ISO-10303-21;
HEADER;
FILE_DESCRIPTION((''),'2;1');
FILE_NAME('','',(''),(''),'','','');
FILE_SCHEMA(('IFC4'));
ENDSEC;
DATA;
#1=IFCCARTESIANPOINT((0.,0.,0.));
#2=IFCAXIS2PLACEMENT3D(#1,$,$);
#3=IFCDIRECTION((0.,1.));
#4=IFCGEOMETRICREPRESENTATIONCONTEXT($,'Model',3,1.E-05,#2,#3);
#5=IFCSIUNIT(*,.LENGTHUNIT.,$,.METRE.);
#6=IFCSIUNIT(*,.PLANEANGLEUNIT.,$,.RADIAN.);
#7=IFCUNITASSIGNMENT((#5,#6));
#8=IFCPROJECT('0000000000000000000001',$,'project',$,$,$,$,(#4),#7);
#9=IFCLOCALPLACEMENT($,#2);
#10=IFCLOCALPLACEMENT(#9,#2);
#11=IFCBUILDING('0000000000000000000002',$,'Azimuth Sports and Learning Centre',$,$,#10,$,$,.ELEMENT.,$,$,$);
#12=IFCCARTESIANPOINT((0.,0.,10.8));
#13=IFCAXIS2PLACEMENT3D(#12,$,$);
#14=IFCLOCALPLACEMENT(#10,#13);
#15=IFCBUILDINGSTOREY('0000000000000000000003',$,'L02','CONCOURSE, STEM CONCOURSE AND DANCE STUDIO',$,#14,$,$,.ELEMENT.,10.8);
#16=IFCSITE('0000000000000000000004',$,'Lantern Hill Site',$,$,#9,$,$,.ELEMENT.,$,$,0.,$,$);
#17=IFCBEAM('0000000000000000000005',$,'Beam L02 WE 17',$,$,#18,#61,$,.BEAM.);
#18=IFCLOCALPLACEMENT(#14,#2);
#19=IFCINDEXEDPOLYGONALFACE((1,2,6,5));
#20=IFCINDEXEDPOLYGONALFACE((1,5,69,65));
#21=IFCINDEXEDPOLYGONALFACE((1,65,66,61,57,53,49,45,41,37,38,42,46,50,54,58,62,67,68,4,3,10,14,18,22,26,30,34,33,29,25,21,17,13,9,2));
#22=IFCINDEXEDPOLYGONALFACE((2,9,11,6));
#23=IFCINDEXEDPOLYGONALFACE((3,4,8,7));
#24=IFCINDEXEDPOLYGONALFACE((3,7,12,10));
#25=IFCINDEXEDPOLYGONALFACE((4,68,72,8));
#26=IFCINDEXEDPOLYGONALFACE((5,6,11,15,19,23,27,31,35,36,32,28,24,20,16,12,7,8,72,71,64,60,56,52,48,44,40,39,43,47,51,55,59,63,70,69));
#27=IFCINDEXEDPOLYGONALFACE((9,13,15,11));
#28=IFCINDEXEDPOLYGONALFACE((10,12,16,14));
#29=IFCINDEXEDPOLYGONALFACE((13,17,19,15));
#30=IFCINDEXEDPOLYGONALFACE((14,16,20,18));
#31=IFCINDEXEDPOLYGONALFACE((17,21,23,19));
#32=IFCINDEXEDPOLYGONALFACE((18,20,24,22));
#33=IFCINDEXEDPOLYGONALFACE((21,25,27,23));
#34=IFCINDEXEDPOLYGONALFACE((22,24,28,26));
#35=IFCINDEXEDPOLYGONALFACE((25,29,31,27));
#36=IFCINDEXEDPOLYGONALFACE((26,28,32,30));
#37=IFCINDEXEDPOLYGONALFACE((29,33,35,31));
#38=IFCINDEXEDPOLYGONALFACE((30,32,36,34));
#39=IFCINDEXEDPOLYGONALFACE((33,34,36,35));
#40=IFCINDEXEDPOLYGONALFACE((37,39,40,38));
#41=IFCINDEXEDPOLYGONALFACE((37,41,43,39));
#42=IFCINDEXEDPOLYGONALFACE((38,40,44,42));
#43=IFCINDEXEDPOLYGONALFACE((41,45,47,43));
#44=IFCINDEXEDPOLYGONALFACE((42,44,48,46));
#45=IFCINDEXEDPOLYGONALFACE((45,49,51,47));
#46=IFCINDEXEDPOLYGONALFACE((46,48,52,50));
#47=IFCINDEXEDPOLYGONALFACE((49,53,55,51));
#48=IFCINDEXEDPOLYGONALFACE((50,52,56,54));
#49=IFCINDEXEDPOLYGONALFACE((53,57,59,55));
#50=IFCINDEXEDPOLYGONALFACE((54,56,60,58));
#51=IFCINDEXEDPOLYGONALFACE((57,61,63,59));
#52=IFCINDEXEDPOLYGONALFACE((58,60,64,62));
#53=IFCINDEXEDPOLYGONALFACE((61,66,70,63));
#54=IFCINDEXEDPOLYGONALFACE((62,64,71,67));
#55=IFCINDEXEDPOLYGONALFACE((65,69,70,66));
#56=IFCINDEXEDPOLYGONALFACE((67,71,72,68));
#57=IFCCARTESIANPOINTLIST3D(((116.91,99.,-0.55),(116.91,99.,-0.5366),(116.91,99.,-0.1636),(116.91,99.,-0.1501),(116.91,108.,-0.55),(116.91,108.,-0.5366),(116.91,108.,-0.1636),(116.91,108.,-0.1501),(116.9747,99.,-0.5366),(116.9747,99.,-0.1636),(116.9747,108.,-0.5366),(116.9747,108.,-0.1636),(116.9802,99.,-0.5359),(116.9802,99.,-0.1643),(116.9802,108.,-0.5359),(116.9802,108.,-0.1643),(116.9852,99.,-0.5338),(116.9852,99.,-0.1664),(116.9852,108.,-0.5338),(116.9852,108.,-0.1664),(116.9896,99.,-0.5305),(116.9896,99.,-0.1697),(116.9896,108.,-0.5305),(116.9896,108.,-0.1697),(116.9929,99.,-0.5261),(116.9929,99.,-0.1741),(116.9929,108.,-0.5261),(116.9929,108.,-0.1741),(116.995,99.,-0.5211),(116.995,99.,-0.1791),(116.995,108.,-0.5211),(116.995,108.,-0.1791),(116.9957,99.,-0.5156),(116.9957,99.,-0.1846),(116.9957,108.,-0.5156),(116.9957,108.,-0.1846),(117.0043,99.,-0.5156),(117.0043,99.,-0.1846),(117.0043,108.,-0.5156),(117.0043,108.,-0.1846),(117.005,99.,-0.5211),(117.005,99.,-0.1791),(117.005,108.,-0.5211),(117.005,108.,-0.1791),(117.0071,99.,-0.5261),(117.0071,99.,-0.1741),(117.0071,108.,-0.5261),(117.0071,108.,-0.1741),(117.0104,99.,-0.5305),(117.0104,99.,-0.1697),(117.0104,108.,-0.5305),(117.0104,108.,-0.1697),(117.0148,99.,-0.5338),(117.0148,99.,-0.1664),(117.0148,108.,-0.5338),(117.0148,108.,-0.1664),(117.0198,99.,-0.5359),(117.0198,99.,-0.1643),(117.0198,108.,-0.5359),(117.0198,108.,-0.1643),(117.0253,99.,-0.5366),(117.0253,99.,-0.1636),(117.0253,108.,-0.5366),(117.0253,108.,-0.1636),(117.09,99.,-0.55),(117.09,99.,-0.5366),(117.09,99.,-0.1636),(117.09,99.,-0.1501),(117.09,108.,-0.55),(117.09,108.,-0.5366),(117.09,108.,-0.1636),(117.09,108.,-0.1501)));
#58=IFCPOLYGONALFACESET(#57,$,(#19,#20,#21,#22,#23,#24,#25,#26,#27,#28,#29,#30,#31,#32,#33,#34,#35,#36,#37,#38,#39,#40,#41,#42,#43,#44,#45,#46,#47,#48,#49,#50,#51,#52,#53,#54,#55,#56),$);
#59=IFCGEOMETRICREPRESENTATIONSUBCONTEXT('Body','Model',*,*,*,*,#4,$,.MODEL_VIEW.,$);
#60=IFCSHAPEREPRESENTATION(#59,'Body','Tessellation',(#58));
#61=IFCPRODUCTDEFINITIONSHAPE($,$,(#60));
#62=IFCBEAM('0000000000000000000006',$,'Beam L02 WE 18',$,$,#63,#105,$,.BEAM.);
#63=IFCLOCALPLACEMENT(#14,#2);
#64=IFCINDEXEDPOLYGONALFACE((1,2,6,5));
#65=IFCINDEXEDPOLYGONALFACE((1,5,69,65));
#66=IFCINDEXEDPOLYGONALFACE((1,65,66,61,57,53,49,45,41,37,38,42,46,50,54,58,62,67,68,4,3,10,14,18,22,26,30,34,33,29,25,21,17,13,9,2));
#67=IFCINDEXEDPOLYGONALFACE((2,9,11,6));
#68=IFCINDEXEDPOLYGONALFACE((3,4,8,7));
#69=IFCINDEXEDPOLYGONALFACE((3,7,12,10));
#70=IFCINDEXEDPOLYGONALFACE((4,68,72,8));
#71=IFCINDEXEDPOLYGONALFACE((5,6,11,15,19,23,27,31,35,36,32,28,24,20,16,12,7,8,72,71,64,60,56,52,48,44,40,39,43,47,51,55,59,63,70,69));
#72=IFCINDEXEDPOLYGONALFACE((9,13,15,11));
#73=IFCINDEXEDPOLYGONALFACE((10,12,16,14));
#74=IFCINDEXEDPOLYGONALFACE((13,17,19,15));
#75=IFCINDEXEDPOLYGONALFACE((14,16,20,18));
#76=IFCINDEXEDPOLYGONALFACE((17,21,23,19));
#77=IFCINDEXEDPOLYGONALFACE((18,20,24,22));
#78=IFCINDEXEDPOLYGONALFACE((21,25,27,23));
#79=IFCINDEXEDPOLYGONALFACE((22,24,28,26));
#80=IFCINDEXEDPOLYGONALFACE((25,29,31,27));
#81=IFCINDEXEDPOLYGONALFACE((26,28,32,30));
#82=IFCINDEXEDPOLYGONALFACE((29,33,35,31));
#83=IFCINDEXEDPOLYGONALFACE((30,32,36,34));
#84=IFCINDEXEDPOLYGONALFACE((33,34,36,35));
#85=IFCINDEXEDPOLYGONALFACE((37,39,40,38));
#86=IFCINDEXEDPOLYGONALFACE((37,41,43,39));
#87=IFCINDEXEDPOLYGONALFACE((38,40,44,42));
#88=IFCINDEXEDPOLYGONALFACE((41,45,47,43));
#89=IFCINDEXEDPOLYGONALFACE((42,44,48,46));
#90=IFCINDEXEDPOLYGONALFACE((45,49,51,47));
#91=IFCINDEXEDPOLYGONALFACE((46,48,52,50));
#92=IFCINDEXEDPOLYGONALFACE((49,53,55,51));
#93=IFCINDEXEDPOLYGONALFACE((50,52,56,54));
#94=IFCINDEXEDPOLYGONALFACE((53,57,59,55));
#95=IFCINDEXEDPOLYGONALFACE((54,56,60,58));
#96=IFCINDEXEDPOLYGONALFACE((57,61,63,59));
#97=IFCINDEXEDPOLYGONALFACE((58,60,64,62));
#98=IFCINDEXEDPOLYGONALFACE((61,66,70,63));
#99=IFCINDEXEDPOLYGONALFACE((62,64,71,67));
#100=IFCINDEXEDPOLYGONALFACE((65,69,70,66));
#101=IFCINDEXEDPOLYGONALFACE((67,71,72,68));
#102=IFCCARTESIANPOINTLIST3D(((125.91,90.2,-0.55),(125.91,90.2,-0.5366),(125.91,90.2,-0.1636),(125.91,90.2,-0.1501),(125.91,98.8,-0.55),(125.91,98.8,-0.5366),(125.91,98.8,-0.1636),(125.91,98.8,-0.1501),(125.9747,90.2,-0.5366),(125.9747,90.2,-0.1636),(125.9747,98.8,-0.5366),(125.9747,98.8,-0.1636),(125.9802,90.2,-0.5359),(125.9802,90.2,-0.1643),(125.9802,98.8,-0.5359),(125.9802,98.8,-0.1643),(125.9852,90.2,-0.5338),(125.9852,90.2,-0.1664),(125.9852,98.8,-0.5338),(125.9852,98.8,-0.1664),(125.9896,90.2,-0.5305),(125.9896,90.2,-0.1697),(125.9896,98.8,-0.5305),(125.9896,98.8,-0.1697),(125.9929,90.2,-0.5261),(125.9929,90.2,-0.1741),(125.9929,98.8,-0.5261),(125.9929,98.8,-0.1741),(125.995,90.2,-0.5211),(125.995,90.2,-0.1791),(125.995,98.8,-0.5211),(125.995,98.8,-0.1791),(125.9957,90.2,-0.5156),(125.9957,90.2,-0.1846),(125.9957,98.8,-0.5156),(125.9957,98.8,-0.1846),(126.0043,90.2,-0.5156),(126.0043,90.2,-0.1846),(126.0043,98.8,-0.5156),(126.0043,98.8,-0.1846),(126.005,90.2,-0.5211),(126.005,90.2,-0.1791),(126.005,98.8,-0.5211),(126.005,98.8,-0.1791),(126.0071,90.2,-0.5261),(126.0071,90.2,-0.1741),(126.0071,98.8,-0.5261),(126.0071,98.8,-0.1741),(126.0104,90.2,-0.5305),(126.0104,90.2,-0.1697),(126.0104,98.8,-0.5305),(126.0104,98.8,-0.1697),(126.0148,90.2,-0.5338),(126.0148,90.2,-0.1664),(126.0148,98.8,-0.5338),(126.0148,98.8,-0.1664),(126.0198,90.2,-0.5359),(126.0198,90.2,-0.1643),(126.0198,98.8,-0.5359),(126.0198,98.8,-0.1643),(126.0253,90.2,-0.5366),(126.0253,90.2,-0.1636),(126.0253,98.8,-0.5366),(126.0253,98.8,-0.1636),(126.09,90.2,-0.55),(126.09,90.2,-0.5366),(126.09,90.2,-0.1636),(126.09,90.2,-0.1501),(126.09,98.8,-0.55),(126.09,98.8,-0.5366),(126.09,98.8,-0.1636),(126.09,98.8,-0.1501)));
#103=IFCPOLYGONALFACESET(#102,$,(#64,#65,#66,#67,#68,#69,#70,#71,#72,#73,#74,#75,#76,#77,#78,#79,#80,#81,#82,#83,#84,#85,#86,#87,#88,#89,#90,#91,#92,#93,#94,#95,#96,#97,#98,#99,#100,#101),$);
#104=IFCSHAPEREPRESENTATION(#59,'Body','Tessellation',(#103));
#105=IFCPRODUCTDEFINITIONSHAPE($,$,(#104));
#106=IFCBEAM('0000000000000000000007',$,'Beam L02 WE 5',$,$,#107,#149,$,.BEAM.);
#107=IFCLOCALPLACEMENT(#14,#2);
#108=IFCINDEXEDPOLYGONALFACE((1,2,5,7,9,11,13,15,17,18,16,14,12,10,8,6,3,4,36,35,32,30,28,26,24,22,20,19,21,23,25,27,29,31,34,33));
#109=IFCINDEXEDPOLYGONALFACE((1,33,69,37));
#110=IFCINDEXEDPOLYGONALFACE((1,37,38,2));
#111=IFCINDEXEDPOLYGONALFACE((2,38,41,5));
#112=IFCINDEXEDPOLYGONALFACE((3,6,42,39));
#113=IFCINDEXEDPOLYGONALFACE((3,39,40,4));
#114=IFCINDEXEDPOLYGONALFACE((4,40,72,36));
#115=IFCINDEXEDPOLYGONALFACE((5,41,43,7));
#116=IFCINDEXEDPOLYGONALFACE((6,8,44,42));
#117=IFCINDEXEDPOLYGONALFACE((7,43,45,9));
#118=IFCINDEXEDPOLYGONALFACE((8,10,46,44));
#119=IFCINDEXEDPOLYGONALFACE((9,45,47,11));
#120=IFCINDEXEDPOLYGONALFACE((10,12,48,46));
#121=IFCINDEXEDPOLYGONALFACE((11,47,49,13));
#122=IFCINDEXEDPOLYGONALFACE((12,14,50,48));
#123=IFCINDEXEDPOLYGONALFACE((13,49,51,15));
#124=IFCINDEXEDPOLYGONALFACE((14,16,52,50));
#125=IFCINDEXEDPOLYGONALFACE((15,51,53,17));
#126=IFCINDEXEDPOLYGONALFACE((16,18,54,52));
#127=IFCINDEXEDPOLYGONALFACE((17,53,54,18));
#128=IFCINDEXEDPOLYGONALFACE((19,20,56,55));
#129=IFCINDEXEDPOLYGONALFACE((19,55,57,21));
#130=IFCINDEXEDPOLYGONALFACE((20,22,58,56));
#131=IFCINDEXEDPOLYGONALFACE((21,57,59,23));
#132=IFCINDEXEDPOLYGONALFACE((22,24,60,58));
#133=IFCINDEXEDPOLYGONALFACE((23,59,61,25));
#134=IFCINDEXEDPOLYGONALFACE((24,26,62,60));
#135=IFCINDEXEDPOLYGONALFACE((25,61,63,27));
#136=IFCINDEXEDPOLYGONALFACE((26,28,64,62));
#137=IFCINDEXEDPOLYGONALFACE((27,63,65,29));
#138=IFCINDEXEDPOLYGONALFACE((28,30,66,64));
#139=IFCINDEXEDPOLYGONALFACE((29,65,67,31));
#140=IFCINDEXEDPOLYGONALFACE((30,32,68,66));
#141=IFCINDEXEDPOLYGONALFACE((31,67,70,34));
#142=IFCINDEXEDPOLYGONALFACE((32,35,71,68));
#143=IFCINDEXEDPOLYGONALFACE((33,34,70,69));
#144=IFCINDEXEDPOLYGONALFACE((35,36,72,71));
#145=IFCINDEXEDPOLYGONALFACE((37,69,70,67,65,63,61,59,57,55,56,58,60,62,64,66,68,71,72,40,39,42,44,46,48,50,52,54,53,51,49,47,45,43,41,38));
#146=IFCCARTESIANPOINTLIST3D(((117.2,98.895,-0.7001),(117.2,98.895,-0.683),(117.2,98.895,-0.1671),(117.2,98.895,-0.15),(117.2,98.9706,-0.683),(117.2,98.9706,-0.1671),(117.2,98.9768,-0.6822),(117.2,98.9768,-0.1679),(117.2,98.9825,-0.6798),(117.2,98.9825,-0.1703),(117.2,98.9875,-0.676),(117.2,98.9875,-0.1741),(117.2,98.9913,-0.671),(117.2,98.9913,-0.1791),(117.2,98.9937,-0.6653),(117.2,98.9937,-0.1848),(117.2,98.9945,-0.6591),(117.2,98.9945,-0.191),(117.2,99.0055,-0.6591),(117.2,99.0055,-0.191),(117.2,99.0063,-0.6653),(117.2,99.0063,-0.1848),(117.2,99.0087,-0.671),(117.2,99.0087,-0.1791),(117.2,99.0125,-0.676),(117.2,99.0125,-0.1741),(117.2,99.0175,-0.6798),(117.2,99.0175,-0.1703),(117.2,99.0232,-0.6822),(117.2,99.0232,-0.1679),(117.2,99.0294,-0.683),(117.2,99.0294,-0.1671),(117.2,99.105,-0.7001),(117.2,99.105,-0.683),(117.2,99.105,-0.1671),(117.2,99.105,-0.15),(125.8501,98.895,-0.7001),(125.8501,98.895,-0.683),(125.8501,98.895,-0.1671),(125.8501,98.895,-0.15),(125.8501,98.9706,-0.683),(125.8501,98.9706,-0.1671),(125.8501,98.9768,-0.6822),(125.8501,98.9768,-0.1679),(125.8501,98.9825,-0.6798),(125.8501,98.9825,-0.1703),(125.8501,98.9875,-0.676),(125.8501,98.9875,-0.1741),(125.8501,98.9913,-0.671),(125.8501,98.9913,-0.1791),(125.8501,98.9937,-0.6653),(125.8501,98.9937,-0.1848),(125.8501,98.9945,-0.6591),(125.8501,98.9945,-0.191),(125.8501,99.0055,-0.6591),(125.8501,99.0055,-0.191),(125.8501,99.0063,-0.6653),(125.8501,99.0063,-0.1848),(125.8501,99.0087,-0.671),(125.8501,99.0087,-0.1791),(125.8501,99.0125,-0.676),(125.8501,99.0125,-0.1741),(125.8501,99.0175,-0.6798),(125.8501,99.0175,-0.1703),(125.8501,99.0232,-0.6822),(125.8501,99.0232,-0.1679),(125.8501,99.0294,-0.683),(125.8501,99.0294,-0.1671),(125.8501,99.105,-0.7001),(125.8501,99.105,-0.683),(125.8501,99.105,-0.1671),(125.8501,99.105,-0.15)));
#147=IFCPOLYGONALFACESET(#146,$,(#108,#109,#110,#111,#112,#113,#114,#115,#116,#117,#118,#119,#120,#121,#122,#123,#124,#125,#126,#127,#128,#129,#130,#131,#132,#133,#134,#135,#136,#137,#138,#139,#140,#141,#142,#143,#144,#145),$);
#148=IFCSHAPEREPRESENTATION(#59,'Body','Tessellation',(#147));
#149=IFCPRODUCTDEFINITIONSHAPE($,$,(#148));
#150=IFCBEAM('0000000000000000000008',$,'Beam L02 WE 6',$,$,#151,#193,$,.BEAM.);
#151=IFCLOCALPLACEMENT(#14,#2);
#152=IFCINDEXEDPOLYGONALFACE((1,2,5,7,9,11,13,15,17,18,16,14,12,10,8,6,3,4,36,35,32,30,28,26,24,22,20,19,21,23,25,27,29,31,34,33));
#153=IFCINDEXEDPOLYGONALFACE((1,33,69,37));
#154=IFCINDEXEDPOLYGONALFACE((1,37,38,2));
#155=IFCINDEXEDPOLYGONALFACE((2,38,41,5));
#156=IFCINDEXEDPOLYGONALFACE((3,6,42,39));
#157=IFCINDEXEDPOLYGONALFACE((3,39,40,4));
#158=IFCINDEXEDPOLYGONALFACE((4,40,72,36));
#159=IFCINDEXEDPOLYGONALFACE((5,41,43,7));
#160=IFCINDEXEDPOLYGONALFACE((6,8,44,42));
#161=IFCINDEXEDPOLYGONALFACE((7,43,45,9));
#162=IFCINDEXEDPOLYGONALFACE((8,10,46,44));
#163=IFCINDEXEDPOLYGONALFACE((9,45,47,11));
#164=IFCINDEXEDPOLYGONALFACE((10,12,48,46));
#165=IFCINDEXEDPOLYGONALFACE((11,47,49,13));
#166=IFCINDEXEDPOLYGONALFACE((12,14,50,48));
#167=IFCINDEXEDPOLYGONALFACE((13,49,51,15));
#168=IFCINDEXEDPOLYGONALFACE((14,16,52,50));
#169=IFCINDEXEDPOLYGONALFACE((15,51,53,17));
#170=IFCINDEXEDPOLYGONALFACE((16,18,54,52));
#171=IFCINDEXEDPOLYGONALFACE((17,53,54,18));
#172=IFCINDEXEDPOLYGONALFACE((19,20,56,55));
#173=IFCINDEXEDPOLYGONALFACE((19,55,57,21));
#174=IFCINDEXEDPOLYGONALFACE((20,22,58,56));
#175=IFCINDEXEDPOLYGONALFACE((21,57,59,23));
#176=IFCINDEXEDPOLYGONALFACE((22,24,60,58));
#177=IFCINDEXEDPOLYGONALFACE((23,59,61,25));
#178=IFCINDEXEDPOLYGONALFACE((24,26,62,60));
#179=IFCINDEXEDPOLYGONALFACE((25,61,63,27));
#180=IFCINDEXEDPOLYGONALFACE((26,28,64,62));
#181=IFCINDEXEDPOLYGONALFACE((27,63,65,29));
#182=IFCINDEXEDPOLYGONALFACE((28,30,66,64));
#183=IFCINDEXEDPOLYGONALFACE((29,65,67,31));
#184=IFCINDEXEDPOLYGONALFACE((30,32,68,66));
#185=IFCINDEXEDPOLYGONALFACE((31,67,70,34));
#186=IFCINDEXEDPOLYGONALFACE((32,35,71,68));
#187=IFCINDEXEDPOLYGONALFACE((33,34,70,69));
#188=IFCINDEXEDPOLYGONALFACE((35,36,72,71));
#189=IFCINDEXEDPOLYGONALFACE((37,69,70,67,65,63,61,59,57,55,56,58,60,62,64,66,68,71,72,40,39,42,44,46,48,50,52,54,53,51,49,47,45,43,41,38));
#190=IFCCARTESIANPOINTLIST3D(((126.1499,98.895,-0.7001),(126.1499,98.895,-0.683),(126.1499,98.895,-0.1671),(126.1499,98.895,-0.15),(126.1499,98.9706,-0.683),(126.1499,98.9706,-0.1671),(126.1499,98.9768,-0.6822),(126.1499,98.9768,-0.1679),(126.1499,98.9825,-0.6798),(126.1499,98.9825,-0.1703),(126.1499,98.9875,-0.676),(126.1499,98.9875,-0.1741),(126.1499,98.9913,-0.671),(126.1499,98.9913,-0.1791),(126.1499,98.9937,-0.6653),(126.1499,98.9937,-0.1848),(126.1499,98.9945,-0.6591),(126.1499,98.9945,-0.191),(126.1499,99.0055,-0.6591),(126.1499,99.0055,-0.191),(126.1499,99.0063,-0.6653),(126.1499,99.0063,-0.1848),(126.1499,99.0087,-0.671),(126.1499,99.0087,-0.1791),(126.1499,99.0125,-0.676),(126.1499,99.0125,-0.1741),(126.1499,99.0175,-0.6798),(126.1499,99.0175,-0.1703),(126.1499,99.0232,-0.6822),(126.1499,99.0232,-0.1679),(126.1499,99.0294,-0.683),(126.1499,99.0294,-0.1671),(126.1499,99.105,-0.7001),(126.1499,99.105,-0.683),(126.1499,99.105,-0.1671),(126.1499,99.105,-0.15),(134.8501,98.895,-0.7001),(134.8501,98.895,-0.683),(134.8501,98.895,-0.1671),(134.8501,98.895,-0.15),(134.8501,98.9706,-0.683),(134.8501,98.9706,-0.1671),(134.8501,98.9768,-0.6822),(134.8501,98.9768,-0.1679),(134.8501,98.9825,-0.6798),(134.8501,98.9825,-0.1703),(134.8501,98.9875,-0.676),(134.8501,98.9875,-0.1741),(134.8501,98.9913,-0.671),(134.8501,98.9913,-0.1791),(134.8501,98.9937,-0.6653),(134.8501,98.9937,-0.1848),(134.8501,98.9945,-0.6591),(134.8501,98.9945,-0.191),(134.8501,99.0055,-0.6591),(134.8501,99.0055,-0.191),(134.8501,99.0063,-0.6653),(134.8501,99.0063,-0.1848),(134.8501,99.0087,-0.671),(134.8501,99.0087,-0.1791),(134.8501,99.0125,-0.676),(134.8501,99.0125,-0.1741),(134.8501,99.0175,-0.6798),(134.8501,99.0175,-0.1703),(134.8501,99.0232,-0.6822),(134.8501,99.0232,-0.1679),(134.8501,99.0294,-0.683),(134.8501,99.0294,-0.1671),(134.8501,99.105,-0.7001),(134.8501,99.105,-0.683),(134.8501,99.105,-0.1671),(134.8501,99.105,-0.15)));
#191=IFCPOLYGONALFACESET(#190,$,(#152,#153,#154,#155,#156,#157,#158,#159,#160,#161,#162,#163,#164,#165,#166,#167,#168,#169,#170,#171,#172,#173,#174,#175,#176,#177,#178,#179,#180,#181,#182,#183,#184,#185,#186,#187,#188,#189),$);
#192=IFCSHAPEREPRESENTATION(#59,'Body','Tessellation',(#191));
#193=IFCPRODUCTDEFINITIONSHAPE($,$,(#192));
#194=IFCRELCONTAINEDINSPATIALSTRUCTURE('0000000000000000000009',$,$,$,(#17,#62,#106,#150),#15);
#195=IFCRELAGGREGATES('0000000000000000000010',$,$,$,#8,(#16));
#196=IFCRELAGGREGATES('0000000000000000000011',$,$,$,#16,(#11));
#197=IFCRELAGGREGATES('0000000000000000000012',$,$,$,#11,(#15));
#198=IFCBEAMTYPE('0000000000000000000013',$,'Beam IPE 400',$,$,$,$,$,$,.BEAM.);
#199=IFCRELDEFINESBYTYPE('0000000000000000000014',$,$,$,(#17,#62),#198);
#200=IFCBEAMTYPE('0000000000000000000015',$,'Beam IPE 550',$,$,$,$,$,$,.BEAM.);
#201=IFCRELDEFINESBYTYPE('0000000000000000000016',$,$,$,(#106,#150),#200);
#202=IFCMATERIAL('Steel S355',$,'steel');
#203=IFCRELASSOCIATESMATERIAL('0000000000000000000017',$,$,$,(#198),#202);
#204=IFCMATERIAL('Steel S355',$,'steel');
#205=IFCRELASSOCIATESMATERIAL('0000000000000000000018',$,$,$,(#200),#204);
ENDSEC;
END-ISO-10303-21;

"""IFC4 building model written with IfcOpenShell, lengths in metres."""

from ifc_helpers import new_model, si_unit, direction, frame, origin, origin_2d, place, context, subcontext, project, spatial, i_section, extrude, material, material_profile, profile_set, type_object, element, save


model = new_model("IFC4")

# Units and contexts
model_context = context("Model", 3, precision=1e-05, world=origin(), true_north=direction((0.0, 1.0)))
body_context = subcontext(model_context, "Body", "Model", "MODEL_VIEW")
ifc_project = project(units=[si_unit("LENGTHUNIT", "METRE"), si_unit("PLANEANGLEUNIT", "RADIAN")], contexts=[model_context])

# Site, building, storey
site_placement = place(None, origin())
site = spatial("IfcSite", under=ifc_project, at=site_placement, Name="Lantern Hill Site", CompositionType="ELEMENT", RefElevation=0.0)
building_placement = place(site_placement, origin())
building = spatial("IfcBuilding", under=site, at=building_placement, Name="Azimuth Sports and Learning Centre", CompositionType="ELEMENT")
storey_placement = place(building_placement, frame((0.0, 0.0, 10.8)))
storey = spatial("IfcBuildingStorey", under=building, at=storey_placement, Name="L02", Description="CONCOURSE, STEM CONCOURSE AND DANCE STUDIO", CompositionType="ELEMENT", Elevation=10.8)

# Beams
ifc_material_1 = material(Name="Steel S355", Category="steel")
ifc_material_profile_1 = material_profile(ifc_material_1, i_section(OverallWidth=0.1799, OverallDepth=0.3999, WebThickness=0.0085, FlangeThickness=0.0134, FilletRadius=0.021, at=origin_2d()), Name="IPE 400")
ifc_profile_set_1 = profile_set([ifc_material_profile_1], Name="Steel S355")
beam_type_1 = type_object("IfcBeamType", Name="Beam IPE 400", PredefinedType="BEAM", material=ifc_profile_set_1)
beam_1_placement = place(storey_placement, frame((117.0, 99.0, -0.3501), z_axis=(0.0, 1.0, 0.0), x_axis=(-1.0, 0.0, 0.0)))
element("IfcBeam", 1, at=beam_1_placement, inside=storey, type_object=beam_type_1, Name="Beam L02 WE 17", PredefinedType="BEAM", context=body_context, shape_type="SweptSolid", body=[
    extrude(i_section(OverallWidth=0.1799, OverallDepth=0.3999, WebThickness=0.0085, FlangeThickness=0.0134, FilletRadius=0.021, at=origin_2d()), origin(), (0.0, 0.0, 1.0), 9.0),
])
beam_2_placement = place(storey_placement, frame((126.0, 90.2, -0.3501), z_axis=(0.0, 1.0, 0.0), x_axis=(-1.0, 0.0, 0.0)))
element("IfcBeam", 2, at=beam_2_placement, inside=storey, type_object=beam_type_1, Name="Beam L02 WE 18", PredefinedType="BEAM", context=body_context, shape_type="SweptSolid", body=[
    extrude(i_section(OverallWidth=0.1799, OverallDepth=0.3999, WebThickness=0.0085, FlangeThickness=0.0134, FilletRadius=0.021, at=origin_2d()), origin(), (0.0, 0.0, 1.0), 8.6001),
])
ifc_material_2 = material(Name="Steel S355", Category="steel")
ifc_material_profile_2 = material_profile(ifc_material_2, i_section(OverallWidth=0.21, OverallDepth=0.55, WebThickness=0.011, FlangeThickness=0.0171, FilletRadius=0.0239, at=origin_2d()), Name="IPE 550")
ifc_profile_set_2 = profile_set([ifc_material_profile_2], Name="Steel S355")
beam_type_2 = type_object("IfcBeamType", Name="Beam IPE 550", PredefinedType="BEAM", material=ifc_profile_set_2)
beam_3_placement = place(storey_placement, frame((117.2, 99.0, -0.425), z_axis=(1.0, 0.0, 0.0), x_axis=(0.0, 1.0, 0.0)))
element("IfcBeam", 3, at=beam_3_placement, inside=storey, type_object=beam_type_2, Name="Beam L02 WE 5", PredefinedType="BEAM", context=body_context, shape_type="SweptSolid", body=[
    extrude(i_section(OverallWidth=0.21, OverallDepth=0.55, WebThickness=0.011, FlangeThickness=0.0171, FilletRadius=0.0239, at=origin_2d()), origin(), (0.0, 0.0, 1.0), 8.6501),
])
beam_4_placement = place(storey_placement, frame((126.1499, 99.0, -0.425), z_axis=(1.0, 0.0, 0.0), x_axis=(0.0, 1.0, 0.0)))
element("IfcBeam", 4, at=beam_4_placement, inside=storey, type_object=beam_type_2, Name="Beam L02 WE 6", PredefinedType="BEAM", context=body_context, shape_type="SweptSolid", body=[
    extrude(i_section(OverallWidth=0.21, OverallDepth=0.55, WebThickness=0.011, FlangeThickness=0.0171, FilletRadius=0.0239, at=origin_2d()), origin(), (0.0, 0.0, 1.0), 8.7002),
])

save(model, "model.ifc")
